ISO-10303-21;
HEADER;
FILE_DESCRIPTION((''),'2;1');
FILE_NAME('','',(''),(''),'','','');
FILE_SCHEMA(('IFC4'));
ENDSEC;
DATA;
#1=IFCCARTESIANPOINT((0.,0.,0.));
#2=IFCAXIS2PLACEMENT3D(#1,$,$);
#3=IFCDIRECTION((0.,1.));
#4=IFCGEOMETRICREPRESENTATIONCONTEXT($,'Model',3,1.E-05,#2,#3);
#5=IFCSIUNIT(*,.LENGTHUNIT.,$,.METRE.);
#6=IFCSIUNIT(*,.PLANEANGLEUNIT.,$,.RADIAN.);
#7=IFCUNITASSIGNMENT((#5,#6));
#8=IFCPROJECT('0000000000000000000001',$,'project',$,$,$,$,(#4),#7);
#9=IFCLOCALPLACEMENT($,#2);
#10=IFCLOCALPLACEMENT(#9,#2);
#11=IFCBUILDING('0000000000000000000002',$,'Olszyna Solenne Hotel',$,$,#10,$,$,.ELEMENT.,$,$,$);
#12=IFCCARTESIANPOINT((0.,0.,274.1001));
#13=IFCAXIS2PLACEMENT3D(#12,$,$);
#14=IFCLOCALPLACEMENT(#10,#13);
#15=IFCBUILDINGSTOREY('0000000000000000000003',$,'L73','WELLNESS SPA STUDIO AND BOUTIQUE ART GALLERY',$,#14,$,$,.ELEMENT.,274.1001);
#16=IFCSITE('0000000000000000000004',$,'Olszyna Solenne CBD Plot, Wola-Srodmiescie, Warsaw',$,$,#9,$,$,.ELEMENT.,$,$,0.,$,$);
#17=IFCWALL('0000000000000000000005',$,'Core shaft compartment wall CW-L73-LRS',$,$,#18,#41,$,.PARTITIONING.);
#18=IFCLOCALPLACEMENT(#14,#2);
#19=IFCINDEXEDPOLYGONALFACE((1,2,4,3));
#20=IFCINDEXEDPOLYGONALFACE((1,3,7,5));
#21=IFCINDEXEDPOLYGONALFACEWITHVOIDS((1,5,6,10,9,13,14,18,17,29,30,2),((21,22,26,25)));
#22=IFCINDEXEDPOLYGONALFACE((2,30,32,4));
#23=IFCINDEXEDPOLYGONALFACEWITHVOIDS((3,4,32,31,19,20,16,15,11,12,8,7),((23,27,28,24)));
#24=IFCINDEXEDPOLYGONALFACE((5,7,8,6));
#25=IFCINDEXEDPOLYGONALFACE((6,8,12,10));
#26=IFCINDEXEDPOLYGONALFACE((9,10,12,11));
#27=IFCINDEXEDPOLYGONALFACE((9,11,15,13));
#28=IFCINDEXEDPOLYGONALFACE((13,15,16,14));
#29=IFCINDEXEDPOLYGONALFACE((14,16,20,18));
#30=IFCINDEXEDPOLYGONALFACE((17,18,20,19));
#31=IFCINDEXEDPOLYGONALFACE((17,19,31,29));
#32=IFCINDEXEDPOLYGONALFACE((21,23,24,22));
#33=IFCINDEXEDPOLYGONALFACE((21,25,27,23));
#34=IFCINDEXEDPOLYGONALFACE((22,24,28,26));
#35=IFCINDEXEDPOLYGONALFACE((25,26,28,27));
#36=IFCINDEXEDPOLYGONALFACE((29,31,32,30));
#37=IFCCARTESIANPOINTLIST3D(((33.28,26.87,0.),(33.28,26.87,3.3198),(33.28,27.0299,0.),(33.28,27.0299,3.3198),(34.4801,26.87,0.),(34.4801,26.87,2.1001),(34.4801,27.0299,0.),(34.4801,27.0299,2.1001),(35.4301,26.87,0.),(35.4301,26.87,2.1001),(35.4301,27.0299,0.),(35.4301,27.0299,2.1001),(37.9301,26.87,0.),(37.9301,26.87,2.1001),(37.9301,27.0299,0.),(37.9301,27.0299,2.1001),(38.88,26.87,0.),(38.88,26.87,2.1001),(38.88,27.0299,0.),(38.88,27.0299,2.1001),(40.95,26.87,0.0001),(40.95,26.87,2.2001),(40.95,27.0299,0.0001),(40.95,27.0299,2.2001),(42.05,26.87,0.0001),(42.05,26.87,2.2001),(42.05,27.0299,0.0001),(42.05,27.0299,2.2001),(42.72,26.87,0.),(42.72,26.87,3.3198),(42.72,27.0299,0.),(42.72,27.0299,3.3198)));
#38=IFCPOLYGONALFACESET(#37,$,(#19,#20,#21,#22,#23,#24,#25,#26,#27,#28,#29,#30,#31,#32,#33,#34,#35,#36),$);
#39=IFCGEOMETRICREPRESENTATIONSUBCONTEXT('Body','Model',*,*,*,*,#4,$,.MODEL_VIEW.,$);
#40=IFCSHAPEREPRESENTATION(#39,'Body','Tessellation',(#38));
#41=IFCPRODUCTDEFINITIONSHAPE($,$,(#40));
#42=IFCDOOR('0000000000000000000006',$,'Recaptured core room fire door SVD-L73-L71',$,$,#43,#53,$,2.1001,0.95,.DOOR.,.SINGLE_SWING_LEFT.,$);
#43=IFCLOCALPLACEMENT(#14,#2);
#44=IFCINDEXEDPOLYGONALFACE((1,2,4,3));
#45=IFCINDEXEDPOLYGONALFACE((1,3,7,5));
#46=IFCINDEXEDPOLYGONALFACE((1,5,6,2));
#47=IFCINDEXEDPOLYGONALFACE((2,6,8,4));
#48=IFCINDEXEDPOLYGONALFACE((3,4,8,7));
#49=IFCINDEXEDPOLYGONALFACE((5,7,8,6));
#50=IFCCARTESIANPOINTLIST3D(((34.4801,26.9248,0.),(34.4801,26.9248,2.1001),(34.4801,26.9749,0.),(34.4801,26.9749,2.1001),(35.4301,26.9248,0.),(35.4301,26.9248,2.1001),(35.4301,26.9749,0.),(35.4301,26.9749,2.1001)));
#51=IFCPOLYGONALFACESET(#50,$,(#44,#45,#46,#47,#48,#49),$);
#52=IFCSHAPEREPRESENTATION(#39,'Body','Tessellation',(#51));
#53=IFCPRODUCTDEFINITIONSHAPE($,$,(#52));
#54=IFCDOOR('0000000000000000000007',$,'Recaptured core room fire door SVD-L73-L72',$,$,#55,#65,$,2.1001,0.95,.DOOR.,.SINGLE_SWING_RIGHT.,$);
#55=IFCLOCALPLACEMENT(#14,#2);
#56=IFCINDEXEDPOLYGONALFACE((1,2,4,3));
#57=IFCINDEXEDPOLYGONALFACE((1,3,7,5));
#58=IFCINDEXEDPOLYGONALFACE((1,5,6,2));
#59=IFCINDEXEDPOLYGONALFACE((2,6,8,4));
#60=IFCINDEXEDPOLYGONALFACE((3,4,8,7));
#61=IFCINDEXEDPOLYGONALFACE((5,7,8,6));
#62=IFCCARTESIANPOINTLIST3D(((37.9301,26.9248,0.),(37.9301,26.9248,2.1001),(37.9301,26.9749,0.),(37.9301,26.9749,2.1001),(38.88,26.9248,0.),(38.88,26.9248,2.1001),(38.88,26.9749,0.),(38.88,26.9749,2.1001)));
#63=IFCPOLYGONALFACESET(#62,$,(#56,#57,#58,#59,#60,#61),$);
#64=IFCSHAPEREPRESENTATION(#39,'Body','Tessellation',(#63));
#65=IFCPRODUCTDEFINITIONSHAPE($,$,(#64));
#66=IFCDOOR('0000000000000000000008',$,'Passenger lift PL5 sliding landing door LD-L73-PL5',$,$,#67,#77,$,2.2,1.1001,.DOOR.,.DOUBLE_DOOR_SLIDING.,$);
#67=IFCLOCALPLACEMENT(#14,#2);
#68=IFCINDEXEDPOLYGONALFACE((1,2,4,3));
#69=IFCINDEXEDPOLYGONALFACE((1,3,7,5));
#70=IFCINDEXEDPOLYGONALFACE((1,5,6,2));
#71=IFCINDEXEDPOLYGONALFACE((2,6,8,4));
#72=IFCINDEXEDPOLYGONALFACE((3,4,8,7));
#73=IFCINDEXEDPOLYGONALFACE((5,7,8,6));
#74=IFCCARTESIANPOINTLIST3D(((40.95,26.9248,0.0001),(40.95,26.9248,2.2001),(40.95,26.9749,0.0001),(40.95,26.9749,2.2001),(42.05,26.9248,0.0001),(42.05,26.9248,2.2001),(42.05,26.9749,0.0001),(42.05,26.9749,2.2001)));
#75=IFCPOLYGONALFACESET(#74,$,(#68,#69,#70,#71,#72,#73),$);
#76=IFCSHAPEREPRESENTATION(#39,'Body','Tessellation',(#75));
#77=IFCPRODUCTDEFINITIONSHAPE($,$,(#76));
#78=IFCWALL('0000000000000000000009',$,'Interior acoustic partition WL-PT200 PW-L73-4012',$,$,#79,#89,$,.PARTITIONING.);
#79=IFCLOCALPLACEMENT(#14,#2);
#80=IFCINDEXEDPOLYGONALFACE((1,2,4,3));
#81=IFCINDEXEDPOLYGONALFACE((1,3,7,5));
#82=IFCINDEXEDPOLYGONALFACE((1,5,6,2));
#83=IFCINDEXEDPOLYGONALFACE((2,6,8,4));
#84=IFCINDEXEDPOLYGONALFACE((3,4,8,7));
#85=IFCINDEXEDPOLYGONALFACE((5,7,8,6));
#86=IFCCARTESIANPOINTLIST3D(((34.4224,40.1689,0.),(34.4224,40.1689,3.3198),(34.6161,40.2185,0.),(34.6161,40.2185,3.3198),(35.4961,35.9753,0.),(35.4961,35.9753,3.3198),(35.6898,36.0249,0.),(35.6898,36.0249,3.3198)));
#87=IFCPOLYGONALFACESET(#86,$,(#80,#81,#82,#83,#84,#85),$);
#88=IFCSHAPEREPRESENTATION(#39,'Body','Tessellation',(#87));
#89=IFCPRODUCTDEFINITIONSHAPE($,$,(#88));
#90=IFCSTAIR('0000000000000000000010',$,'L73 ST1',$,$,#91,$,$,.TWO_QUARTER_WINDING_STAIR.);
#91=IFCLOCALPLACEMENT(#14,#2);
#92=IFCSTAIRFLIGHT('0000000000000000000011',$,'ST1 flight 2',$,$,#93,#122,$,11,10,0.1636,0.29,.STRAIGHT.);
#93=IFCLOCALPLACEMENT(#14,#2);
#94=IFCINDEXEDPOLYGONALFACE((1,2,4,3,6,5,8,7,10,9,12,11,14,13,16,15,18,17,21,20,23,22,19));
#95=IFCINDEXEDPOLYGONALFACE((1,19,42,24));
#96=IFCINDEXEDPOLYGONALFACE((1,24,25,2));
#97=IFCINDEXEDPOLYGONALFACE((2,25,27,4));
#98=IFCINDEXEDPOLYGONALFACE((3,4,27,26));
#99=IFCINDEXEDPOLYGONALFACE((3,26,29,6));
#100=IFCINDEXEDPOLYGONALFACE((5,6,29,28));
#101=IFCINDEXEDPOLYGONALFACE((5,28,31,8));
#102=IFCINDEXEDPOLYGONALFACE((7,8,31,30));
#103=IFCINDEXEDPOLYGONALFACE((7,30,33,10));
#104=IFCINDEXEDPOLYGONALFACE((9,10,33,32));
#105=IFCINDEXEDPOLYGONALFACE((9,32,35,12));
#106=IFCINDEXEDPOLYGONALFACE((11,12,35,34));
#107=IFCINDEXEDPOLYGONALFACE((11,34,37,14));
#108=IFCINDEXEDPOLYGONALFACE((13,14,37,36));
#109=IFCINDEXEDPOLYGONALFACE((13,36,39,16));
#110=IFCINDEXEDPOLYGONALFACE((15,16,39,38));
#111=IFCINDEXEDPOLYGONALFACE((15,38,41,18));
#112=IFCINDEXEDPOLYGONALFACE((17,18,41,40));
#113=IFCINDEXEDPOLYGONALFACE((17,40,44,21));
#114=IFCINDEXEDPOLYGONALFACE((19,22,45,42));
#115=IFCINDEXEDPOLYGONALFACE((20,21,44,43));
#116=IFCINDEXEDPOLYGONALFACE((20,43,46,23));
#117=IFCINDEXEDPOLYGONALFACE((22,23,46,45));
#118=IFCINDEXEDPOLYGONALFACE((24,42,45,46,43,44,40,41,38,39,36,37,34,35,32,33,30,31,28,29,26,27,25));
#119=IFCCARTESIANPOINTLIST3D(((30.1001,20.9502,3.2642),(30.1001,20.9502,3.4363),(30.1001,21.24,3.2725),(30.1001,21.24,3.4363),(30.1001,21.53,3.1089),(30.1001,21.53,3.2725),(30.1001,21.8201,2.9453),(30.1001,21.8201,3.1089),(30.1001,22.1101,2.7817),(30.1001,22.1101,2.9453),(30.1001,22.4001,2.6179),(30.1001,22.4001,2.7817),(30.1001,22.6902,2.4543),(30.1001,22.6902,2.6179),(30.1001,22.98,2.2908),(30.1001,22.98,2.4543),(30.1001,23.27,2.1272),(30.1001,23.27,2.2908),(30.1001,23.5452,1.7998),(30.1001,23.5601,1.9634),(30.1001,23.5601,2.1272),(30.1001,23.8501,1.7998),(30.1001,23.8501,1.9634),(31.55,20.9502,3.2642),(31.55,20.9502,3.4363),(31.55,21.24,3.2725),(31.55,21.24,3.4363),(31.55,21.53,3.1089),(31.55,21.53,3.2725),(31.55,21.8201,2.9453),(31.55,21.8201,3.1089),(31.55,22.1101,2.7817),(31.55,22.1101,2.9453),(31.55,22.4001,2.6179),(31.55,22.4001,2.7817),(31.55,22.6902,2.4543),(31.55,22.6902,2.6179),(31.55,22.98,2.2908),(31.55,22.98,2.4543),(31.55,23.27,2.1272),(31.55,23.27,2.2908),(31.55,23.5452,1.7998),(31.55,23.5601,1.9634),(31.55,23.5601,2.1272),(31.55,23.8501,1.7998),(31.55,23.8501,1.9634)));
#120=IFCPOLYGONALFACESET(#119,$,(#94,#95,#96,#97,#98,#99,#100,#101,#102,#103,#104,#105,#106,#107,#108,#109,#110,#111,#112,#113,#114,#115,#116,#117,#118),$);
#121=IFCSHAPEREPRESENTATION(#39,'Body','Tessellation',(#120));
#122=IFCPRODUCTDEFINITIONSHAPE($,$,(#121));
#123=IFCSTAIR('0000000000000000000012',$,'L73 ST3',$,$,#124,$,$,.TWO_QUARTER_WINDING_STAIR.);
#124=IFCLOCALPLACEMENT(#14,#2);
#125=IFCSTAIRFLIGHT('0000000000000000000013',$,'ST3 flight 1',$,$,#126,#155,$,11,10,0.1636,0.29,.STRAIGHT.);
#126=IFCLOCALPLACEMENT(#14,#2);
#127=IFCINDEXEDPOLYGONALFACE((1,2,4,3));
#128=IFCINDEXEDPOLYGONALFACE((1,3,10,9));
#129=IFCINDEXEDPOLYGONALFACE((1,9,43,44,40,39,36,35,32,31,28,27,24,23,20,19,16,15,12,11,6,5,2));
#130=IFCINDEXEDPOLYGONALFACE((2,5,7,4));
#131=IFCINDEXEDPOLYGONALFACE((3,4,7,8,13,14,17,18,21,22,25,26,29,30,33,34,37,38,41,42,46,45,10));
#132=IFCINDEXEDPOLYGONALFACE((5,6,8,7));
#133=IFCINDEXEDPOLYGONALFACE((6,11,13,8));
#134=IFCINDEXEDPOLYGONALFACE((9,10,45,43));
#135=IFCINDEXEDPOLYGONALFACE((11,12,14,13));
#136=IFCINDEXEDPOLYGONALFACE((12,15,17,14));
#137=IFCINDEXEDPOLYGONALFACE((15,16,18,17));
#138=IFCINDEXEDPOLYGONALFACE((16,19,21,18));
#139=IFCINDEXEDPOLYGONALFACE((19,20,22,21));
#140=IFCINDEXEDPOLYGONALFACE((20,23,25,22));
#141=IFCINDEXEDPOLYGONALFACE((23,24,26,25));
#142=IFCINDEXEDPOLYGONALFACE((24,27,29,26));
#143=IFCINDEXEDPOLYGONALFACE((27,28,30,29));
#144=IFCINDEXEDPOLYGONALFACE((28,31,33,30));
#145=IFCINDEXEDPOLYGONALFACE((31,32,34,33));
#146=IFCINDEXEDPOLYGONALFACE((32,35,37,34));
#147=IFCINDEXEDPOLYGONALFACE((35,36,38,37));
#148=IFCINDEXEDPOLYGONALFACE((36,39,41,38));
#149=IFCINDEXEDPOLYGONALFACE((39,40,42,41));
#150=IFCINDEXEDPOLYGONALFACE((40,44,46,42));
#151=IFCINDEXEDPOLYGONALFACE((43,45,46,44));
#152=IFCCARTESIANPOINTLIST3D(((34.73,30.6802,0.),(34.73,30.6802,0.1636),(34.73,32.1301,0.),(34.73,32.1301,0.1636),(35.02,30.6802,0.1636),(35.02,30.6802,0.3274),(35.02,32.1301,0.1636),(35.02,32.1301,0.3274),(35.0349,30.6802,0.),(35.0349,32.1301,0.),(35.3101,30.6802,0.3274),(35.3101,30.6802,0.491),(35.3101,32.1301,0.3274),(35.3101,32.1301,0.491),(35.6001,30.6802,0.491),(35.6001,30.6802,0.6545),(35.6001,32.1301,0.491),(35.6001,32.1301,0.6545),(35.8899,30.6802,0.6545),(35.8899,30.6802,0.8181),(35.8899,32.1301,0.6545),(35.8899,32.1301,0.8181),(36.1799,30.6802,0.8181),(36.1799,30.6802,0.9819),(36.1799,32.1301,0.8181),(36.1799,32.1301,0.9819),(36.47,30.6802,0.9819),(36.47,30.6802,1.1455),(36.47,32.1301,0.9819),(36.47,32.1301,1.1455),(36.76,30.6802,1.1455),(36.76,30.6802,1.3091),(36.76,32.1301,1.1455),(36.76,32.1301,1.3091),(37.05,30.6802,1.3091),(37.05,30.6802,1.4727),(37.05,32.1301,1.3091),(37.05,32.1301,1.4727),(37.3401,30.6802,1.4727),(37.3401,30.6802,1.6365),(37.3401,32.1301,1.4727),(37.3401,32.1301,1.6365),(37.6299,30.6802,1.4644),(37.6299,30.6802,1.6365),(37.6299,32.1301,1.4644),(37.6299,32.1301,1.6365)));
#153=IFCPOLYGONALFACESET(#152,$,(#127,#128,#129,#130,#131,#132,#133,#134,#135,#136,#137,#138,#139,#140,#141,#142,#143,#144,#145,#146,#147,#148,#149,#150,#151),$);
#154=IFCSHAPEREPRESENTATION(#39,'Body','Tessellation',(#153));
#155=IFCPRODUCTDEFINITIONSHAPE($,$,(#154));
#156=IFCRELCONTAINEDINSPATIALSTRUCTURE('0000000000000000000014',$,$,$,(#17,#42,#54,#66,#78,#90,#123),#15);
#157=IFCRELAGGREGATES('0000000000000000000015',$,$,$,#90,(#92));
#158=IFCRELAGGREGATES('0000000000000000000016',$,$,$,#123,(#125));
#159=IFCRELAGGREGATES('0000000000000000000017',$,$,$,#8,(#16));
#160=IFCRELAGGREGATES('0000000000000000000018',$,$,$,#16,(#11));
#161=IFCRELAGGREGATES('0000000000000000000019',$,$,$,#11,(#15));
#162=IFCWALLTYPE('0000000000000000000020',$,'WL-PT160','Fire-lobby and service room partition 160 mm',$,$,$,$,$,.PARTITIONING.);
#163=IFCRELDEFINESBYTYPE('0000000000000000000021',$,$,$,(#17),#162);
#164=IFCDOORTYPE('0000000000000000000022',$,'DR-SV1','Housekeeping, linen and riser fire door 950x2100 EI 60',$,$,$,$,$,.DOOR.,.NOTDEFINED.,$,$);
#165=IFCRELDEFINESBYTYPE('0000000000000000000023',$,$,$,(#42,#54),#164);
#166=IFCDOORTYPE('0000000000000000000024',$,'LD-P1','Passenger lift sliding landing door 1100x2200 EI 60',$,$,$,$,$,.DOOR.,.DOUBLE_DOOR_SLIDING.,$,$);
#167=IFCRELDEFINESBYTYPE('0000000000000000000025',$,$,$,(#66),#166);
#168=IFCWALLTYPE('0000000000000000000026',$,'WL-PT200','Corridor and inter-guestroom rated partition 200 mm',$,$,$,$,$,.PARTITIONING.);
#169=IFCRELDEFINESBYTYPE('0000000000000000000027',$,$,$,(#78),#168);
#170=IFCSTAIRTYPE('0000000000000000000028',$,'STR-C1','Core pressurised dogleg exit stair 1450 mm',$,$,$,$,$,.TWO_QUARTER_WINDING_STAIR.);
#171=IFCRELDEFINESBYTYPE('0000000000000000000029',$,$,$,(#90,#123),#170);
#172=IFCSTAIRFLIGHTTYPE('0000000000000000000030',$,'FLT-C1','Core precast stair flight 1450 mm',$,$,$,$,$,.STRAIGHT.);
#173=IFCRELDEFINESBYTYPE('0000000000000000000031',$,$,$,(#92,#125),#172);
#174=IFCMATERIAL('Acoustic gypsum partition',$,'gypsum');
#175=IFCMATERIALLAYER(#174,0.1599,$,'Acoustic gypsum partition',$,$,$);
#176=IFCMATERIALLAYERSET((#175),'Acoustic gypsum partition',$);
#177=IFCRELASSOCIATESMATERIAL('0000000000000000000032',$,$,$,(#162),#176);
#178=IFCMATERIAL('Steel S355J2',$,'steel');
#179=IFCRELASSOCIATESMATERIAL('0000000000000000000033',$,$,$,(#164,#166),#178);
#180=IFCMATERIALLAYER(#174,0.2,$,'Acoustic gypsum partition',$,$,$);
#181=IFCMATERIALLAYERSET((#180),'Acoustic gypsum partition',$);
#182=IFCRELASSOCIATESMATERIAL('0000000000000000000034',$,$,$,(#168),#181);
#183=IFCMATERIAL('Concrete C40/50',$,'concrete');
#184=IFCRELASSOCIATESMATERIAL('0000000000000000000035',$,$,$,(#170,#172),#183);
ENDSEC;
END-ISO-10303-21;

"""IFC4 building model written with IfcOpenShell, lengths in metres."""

from ifc_helpers import new_model, si_unit, direction, frame, frame_2d, origin, place, context, subcontext, project, spatial, polyline, rectangle, outline, extrude, source, transform, mapped, material, layer, layer_set, type_object, type_shapes, element, fill, aggregate, save


model = new_model("IFC4")

# Units and contexts
model_context = context("Model", 3, precision=1e-05, world=origin(), true_north=direction((0.0, 1.0)))
body_context = subcontext(model_context, "Body", "Model", "MODEL_VIEW")
ifc_project = project(units=[si_unit("LENGTHUNIT", "METRE"), si_unit("PLANEANGLEUNIT", "RADIAN")], contexts=[model_context])

# Site, building, storey
site_placement = place(None, origin())
site = spatial("IfcSite", under=ifc_project, at=site_placement, Name="Olszyna Solenne CBD Plot, Wola-Srodmiescie, Warsaw", CompositionType="ELEMENT", RefElevation=0.0)
building_placement = place(site_placement, origin())
building = spatial("IfcBuilding", under=site, at=building_placement, Name="Olszyna Solenne Hotel", CompositionType="ELEMENT")
storey_placement = place(building_placement, frame((0.0, 0.0, 274.1001)))
storey = spatial("IfcBuildingStorey", under=building, at=storey_placement, Name="L73", Description="WELLNESS SPA STUDIO AND BOUTIQUE ART GALLERY", CompositionType="ELEMENT", Elevation=274.1001)

# Shared definitions
ifc_material_1 = material(Name="Steel S355J2", Category="steel")

# Shared definitions
ifc_material_2 = material(Name="Acoustic gypsum partition", Category="gypsum")
ifc_layer_1 = layer(ifc_material_2, 0.1599, Name="Acoustic gypsum partition")
ifc_layer_set_1 = layer_set([ifc_layer_1], Name="Acoustic gypsum partition")
wall_type_1 = type_object("IfcWallType", Name="WL-PT160", Description="Fire-lobby and service room partition 160 mm", PredefinedType="PARTITIONING", material=ifc_layer_set_1)

# Wall, openings, doors
wall_1_placement = place(storey_placement, frame((33.28, 26.95, 0.0), z_axis=(0.0, 0.0, 1.0), x_axis=(1.0, 0.0, 0.0)))
wall_1 = element("IfcWall", 1, at=wall_1_placement, inside=storey, type_object=wall_type_1, Name="Core shaft compartment wall CW-L73-LRS", PredefinedType="PARTITIONING", context=body_context, shape_type="SweptSolid", body=[
    extrude(rectangle(XDim=9.4399, YDim=0.1599, at=frame_2d((4.72, 0.0))), origin(), (0.0, 0.0, 1.0), 3.3198),
])
opening_1_placement = place(wall_1_placement, frame((1.2, 0.0, 0.0)))
opening_1 = element("IfcOpeningElement", 2, at=opening_1_placement, cuts=wall_1, PredefinedType="OPENING", context=body_context, shape_type="SweptSolid", body=[
    extrude(rectangle(XDim=0.95, YDim=2.1001, at=frame_2d((0.4751, 1.05))), frame((0.0, 0.0898, 0.0), z_axis=(0.0, -1.0, 0.0), x_axis=(1.0, 0.0, 0.0)), (0.0, 0.0, 1.0), 0.1799),
])
opening_2_placement = place(wall_1_placement, frame((4.6499, 0.0, 0.0)))
opening_2 = element("IfcOpeningElement", 3, at=opening_2_placement, cuts=wall_1, PredefinedType="OPENING", context=body_context, shape_type="SweptSolid", body=[
    extrude(rectangle(XDim=0.95, YDim=2.1001, at=frame_2d((0.4751, 1.05))), frame((0.0, 0.0898, 0.0), z_axis=(0.0, -1.0, 0.0), x_axis=(1.0, 0.0, 0.0)), (0.0, 0.0, 1.0), 0.1799),
])
opening_3_placement = place(wall_1_placement, frame((7.6699, 0.0, 0.0)))
opening_3 = element("IfcOpeningElement", 4, at=opening_3_placement, cuts=wall_1, PredefinedType="OPENING", context=body_context, shape_type="SweptSolid", body=[
    extrude(rectangle(XDim=1.1001, YDim=2.2, at=frame_2d((0.55, 1.1001))), frame((0.0, 0.0898, 0.0), z_axis=(0.0, -1.0, 0.0), x_axis=(1.0, 0.0, 0.0)), (0.0, 0.0, 1.0), 0.1799),
])
door_type_1 = type_object("IfcDoorType", Name="DR-SV1", Description="Housekeeping, linen and riser fire door 950x2100 EI 60", OperationType="NOTDEFINED", PredefinedType="DOOR", material=ifc_material_1)
shared_shape_1 = source(origin(), body_context, "Body", "SweptSolid", [
    extrude(rectangle(XDim=0.95, YDim=2.1001, at=frame_2d((0.4751, 1.05))), frame((0.0, 0.0249, 0.0), z_axis=(0.0, -1.0, 0.0), x_axis=(1.0, 0.0, 0.0)), (0.0, 0.0, 1.0), 0.05),
])
type_shapes(door_type_1, [shared_shape_1])
door_1_placement = place(opening_1_placement, origin())
door_1 = element("IfcDoor", 5, at=door_1_placement, inside=storey, type_object=door_type_1, Name="Recaptured core room fire door SVD-L73-L71", OperationType="SINGLE_SWING_LEFT", OverallHeight=2.1001, OverallWidth=0.95, PredefinedType="DOOR", context=body_context, shape_type="MappedRepresentation", body=[
    mapped(shared_shape_1, transform((0.0, 0.0, 0.0), x_axis=(1.0, 0.0, 0.0), y_axis=(0.0, 1.0, 0.0), z_axis=(0.0, 0.0, 1.0), scale=1.0)),
])
fill(opening_1, door_1)
door_2_placement = place(opening_2_placement, origin())
door_2 = element("IfcDoor", 6, at=door_2_placement, inside=storey, type_object=door_type_1, Name="Recaptured core room fire door SVD-L73-L72", OperationType="SINGLE_SWING_RIGHT", OverallHeight=2.1001, OverallWidth=0.95, PredefinedType="DOOR", context=body_context, shape_type="MappedRepresentation", body=[
    mapped(shared_shape_1, transform((0.0, 0.0, 0.0), x_axis=(1.0, 0.0, 0.0), y_axis=(0.0, 1.0, 0.0), z_axis=(0.0, 0.0, 1.0), scale=1.0)),
])
fill(opening_2, door_2)
door_type_2 = type_object("IfcDoorType", Name="LD-P1", Description="Passenger lift sliding landing door 1100x2200 EI 60", OperationType="DOUBLE_DOOR_SLIDING", PredefinedType="DOOR", material=ifc_material_1)
shared_shape_2 = source(origin(), body_context, "Body", "SweptSolid", [
    extrude(rectangle(XDim=1.1001, YDim=2.2, at=frame_2d((0.55, 1.1001))), frame((0.0, 0.0249, 0.0), z_axis=(0.0, -1.0, 0.0), x_axis=(1.0, 0.0, 0.0)), (0.0, 0.0, 1.0), 0.05),
])
type_shapes(door_type_2, [shared_shape_2])
door_3_placement = place(opening_3_placement, origin())
door_3 = element("IfcDoor", 7, at=door_3_placement, inside=storey, type_object=door_type_2, Name="Passenger lift PL5 sliding landing door LD-L73-PL5", OperationType="DOUBLE_DOOR_SLIDING", OverallHeight=2.2, OverallWidth=1.1001, PredefinedType="DOOR", context=body_context, shape_type="MappedRepresentation", body=[
    mapped(shared_shape_2, transform((0.0, 0.0, 0.0), x_axis=(1.0, 0.0, 0.0), y_axis=(0.0, 1.0, 0.0), z_axis=(0.0, 0.0, 1.0), scale=1.0)),
])
fill(opening_3, door_3)

# Wall
ifc_layer_2 = layer(ifc_material_2, 0.2, Name="Acoustic gypsum partition")
ifc_layer_set_2 = layer_set([ifc_layer_2], Name="Acoustic gypsum partition")
wall_type_2 = type_object("IfcWallType", Name="WL-PT200", Description="Corridor and inter-guestroom rated partition 200 mm", PredefinedType="PARTITIONING", material=ifc_layer_set_2)
wall_2_placement = place(storey_placement, frame((35.593, 36.0, 0.0), z_axis=(0.0, 0.0, 1.0), x_axis=(-0.248039, 0.96875, 0.0)))
element("IfcWall", 8, at=wall_2_placement, inside=storey, type_object=wall_type_2, Name="Interior acoustic partition WL-PT200 PW-L73-4012", PredefinedType="PARTITIONING", context=body_context, shape_type="SweptSolid", body=[
    extrude(rectangle(XDim=4.3289, YDim=0.2, at=frame_2d((2.1646, 0.0))), origin(), (0.0, 0.0, 1.0), 3.3198),
])

# Stairs, stair flights
ifc_material_3 = material(Name="Concrete C40/50", Category="concrete")
stair_type = type_object("IfcStairType", Name="STR-C1", Description="Core pressurised dogleg exit stair 1450 mm", PredefinedType="TWO_QUARTER_WINDING_STAIR", material=ifc_material_3)
stair_1_placement = place(storey_placement, origin())
stair_1 = element("IfcStair", 9, at=stair_1_placement, inside=storey, type_object=stair_type, Name="L73 ST1", PredefinedType="TWO_QUARTER_WINDING_STAIR")
stair_flight_type = type_object("IfcStairFlightType", Name="FLT-C1", Description="Core precast stair flight 1450 mm", PredefinedType="STRAIGHT", material=ifc_material_3)
stair_flight_1_placement = place(storey_placement, frame((30.825, 23.8501, 1.7998), z_axis=(0.0, 0.0, 1.0), x_axis=(0.0, -1.0, 0.0)))
stair_flight_1 = element("IfcStairFlight", 10, at=stair_flight_1_placement, type_object=stair_flight_type, Name="ST1 flight 2", NumberOfRisers=11, NumberOfTreads=10, PredefinedType="STRAIGHT", RiserHeight=0.1636, TreadLength=0.29, context=body_context, shape_type="SweptSolid", body=[
    extrude(outline(polyline([(0.0, 0.0), (0.0, 0.1636), (0.29, 0.1636), (0.29, 0.3274), (0.5801, 0.3274), (0.5801, 0.491), (0.8701, 0.491), (0.8701, 0.6545), (1.1599, 0.6545), (1.1599, 0.8181), (1.45, 0.8181), (1.45, 0.9819), (1.74, 0.9819), (1.74, 1.1455), (2.03, 1.1455), (2.03, 1.3091), (2.3201, 1.3091), (2.3201, 1.4727), (2.6101, 1.4727), (2.6101, 1.6365), (2.8999, 1.6365), (2.8999, 1.8), (2.8999, 1.4644), (0.3049, 0.0), (0.0, 0.0)])), frame((0.0, 0.7251, 0.0), z_axis=(0.0, -1.0, 0.0), x_axis=(1.0, 0.0, 0.0)), (0.0, 0.0, 1.0), 1.45),
])
aggregate(stair_1, [stair_flight_1])
stair_2_placement = place(storey_placement, origin())
stair_2 = element("IfcStair", 11, at=stair_2_placement, inside=storey, type_object=stair_type, Name="L73 ST3", PredefinedType="TWO_QUARTER_WINDING_STAIR")
stair_flight_2_placement = place(storey_placement, frame((34.73, 31.405, 0.0), z_axis=(0.0, 0.0, 1.0), x_axis=(1.0, 0.0, 0.0)))
stair_flight_2 = element("IfcStairFlight", 12, at=stair_flight_2_placement, type_object=stair_flight_type, Name="ST3 flight 1", NumberOfRisers=11, NumberOfTreads=10, PredefinedType="STRAIGHT", RiserHeight=0.1636, TreadLength=0.29, context=body_context, shape_type="SweptSolid", body=[
    extrude(outline(polyline([(0.0, 0.0), (0.0, 0.1636), (0.29, 0.1636), (0.29, 0.3274), (0.5801, 0.3274), (0.5801, 0.491), (0.8701, 0.491), (0.8701, 0.6545), (1.1599, 0.6545), (1.1599, 0.8181), (1.45, 0.8181), (1.45, 0.9819), (1.74, 0.9819), (1.74, 1.1455), (2.03, 1.1455), (2.03, 1.3091), (2.3201, 1.3091), (2.3201, 1.4727), (2.6101, 1.4727), (2.6101, 1.6365), (2.8999, 1.6365), (2.8999, 1.8), (2.8999, 1.4644), (0.3049, 0.0), (0.0, 0.0)])), frame((0.0, 0.7251, 0.0), z_axis=(0.0, -1.0, 0.0), x_axis=(1.0, 0.0, 0.0)), (0.0, 0.0, 1.0), 1.45),
])
aggregate(stair_2, [stair_flight_2])

save(model, "model.ifc")
